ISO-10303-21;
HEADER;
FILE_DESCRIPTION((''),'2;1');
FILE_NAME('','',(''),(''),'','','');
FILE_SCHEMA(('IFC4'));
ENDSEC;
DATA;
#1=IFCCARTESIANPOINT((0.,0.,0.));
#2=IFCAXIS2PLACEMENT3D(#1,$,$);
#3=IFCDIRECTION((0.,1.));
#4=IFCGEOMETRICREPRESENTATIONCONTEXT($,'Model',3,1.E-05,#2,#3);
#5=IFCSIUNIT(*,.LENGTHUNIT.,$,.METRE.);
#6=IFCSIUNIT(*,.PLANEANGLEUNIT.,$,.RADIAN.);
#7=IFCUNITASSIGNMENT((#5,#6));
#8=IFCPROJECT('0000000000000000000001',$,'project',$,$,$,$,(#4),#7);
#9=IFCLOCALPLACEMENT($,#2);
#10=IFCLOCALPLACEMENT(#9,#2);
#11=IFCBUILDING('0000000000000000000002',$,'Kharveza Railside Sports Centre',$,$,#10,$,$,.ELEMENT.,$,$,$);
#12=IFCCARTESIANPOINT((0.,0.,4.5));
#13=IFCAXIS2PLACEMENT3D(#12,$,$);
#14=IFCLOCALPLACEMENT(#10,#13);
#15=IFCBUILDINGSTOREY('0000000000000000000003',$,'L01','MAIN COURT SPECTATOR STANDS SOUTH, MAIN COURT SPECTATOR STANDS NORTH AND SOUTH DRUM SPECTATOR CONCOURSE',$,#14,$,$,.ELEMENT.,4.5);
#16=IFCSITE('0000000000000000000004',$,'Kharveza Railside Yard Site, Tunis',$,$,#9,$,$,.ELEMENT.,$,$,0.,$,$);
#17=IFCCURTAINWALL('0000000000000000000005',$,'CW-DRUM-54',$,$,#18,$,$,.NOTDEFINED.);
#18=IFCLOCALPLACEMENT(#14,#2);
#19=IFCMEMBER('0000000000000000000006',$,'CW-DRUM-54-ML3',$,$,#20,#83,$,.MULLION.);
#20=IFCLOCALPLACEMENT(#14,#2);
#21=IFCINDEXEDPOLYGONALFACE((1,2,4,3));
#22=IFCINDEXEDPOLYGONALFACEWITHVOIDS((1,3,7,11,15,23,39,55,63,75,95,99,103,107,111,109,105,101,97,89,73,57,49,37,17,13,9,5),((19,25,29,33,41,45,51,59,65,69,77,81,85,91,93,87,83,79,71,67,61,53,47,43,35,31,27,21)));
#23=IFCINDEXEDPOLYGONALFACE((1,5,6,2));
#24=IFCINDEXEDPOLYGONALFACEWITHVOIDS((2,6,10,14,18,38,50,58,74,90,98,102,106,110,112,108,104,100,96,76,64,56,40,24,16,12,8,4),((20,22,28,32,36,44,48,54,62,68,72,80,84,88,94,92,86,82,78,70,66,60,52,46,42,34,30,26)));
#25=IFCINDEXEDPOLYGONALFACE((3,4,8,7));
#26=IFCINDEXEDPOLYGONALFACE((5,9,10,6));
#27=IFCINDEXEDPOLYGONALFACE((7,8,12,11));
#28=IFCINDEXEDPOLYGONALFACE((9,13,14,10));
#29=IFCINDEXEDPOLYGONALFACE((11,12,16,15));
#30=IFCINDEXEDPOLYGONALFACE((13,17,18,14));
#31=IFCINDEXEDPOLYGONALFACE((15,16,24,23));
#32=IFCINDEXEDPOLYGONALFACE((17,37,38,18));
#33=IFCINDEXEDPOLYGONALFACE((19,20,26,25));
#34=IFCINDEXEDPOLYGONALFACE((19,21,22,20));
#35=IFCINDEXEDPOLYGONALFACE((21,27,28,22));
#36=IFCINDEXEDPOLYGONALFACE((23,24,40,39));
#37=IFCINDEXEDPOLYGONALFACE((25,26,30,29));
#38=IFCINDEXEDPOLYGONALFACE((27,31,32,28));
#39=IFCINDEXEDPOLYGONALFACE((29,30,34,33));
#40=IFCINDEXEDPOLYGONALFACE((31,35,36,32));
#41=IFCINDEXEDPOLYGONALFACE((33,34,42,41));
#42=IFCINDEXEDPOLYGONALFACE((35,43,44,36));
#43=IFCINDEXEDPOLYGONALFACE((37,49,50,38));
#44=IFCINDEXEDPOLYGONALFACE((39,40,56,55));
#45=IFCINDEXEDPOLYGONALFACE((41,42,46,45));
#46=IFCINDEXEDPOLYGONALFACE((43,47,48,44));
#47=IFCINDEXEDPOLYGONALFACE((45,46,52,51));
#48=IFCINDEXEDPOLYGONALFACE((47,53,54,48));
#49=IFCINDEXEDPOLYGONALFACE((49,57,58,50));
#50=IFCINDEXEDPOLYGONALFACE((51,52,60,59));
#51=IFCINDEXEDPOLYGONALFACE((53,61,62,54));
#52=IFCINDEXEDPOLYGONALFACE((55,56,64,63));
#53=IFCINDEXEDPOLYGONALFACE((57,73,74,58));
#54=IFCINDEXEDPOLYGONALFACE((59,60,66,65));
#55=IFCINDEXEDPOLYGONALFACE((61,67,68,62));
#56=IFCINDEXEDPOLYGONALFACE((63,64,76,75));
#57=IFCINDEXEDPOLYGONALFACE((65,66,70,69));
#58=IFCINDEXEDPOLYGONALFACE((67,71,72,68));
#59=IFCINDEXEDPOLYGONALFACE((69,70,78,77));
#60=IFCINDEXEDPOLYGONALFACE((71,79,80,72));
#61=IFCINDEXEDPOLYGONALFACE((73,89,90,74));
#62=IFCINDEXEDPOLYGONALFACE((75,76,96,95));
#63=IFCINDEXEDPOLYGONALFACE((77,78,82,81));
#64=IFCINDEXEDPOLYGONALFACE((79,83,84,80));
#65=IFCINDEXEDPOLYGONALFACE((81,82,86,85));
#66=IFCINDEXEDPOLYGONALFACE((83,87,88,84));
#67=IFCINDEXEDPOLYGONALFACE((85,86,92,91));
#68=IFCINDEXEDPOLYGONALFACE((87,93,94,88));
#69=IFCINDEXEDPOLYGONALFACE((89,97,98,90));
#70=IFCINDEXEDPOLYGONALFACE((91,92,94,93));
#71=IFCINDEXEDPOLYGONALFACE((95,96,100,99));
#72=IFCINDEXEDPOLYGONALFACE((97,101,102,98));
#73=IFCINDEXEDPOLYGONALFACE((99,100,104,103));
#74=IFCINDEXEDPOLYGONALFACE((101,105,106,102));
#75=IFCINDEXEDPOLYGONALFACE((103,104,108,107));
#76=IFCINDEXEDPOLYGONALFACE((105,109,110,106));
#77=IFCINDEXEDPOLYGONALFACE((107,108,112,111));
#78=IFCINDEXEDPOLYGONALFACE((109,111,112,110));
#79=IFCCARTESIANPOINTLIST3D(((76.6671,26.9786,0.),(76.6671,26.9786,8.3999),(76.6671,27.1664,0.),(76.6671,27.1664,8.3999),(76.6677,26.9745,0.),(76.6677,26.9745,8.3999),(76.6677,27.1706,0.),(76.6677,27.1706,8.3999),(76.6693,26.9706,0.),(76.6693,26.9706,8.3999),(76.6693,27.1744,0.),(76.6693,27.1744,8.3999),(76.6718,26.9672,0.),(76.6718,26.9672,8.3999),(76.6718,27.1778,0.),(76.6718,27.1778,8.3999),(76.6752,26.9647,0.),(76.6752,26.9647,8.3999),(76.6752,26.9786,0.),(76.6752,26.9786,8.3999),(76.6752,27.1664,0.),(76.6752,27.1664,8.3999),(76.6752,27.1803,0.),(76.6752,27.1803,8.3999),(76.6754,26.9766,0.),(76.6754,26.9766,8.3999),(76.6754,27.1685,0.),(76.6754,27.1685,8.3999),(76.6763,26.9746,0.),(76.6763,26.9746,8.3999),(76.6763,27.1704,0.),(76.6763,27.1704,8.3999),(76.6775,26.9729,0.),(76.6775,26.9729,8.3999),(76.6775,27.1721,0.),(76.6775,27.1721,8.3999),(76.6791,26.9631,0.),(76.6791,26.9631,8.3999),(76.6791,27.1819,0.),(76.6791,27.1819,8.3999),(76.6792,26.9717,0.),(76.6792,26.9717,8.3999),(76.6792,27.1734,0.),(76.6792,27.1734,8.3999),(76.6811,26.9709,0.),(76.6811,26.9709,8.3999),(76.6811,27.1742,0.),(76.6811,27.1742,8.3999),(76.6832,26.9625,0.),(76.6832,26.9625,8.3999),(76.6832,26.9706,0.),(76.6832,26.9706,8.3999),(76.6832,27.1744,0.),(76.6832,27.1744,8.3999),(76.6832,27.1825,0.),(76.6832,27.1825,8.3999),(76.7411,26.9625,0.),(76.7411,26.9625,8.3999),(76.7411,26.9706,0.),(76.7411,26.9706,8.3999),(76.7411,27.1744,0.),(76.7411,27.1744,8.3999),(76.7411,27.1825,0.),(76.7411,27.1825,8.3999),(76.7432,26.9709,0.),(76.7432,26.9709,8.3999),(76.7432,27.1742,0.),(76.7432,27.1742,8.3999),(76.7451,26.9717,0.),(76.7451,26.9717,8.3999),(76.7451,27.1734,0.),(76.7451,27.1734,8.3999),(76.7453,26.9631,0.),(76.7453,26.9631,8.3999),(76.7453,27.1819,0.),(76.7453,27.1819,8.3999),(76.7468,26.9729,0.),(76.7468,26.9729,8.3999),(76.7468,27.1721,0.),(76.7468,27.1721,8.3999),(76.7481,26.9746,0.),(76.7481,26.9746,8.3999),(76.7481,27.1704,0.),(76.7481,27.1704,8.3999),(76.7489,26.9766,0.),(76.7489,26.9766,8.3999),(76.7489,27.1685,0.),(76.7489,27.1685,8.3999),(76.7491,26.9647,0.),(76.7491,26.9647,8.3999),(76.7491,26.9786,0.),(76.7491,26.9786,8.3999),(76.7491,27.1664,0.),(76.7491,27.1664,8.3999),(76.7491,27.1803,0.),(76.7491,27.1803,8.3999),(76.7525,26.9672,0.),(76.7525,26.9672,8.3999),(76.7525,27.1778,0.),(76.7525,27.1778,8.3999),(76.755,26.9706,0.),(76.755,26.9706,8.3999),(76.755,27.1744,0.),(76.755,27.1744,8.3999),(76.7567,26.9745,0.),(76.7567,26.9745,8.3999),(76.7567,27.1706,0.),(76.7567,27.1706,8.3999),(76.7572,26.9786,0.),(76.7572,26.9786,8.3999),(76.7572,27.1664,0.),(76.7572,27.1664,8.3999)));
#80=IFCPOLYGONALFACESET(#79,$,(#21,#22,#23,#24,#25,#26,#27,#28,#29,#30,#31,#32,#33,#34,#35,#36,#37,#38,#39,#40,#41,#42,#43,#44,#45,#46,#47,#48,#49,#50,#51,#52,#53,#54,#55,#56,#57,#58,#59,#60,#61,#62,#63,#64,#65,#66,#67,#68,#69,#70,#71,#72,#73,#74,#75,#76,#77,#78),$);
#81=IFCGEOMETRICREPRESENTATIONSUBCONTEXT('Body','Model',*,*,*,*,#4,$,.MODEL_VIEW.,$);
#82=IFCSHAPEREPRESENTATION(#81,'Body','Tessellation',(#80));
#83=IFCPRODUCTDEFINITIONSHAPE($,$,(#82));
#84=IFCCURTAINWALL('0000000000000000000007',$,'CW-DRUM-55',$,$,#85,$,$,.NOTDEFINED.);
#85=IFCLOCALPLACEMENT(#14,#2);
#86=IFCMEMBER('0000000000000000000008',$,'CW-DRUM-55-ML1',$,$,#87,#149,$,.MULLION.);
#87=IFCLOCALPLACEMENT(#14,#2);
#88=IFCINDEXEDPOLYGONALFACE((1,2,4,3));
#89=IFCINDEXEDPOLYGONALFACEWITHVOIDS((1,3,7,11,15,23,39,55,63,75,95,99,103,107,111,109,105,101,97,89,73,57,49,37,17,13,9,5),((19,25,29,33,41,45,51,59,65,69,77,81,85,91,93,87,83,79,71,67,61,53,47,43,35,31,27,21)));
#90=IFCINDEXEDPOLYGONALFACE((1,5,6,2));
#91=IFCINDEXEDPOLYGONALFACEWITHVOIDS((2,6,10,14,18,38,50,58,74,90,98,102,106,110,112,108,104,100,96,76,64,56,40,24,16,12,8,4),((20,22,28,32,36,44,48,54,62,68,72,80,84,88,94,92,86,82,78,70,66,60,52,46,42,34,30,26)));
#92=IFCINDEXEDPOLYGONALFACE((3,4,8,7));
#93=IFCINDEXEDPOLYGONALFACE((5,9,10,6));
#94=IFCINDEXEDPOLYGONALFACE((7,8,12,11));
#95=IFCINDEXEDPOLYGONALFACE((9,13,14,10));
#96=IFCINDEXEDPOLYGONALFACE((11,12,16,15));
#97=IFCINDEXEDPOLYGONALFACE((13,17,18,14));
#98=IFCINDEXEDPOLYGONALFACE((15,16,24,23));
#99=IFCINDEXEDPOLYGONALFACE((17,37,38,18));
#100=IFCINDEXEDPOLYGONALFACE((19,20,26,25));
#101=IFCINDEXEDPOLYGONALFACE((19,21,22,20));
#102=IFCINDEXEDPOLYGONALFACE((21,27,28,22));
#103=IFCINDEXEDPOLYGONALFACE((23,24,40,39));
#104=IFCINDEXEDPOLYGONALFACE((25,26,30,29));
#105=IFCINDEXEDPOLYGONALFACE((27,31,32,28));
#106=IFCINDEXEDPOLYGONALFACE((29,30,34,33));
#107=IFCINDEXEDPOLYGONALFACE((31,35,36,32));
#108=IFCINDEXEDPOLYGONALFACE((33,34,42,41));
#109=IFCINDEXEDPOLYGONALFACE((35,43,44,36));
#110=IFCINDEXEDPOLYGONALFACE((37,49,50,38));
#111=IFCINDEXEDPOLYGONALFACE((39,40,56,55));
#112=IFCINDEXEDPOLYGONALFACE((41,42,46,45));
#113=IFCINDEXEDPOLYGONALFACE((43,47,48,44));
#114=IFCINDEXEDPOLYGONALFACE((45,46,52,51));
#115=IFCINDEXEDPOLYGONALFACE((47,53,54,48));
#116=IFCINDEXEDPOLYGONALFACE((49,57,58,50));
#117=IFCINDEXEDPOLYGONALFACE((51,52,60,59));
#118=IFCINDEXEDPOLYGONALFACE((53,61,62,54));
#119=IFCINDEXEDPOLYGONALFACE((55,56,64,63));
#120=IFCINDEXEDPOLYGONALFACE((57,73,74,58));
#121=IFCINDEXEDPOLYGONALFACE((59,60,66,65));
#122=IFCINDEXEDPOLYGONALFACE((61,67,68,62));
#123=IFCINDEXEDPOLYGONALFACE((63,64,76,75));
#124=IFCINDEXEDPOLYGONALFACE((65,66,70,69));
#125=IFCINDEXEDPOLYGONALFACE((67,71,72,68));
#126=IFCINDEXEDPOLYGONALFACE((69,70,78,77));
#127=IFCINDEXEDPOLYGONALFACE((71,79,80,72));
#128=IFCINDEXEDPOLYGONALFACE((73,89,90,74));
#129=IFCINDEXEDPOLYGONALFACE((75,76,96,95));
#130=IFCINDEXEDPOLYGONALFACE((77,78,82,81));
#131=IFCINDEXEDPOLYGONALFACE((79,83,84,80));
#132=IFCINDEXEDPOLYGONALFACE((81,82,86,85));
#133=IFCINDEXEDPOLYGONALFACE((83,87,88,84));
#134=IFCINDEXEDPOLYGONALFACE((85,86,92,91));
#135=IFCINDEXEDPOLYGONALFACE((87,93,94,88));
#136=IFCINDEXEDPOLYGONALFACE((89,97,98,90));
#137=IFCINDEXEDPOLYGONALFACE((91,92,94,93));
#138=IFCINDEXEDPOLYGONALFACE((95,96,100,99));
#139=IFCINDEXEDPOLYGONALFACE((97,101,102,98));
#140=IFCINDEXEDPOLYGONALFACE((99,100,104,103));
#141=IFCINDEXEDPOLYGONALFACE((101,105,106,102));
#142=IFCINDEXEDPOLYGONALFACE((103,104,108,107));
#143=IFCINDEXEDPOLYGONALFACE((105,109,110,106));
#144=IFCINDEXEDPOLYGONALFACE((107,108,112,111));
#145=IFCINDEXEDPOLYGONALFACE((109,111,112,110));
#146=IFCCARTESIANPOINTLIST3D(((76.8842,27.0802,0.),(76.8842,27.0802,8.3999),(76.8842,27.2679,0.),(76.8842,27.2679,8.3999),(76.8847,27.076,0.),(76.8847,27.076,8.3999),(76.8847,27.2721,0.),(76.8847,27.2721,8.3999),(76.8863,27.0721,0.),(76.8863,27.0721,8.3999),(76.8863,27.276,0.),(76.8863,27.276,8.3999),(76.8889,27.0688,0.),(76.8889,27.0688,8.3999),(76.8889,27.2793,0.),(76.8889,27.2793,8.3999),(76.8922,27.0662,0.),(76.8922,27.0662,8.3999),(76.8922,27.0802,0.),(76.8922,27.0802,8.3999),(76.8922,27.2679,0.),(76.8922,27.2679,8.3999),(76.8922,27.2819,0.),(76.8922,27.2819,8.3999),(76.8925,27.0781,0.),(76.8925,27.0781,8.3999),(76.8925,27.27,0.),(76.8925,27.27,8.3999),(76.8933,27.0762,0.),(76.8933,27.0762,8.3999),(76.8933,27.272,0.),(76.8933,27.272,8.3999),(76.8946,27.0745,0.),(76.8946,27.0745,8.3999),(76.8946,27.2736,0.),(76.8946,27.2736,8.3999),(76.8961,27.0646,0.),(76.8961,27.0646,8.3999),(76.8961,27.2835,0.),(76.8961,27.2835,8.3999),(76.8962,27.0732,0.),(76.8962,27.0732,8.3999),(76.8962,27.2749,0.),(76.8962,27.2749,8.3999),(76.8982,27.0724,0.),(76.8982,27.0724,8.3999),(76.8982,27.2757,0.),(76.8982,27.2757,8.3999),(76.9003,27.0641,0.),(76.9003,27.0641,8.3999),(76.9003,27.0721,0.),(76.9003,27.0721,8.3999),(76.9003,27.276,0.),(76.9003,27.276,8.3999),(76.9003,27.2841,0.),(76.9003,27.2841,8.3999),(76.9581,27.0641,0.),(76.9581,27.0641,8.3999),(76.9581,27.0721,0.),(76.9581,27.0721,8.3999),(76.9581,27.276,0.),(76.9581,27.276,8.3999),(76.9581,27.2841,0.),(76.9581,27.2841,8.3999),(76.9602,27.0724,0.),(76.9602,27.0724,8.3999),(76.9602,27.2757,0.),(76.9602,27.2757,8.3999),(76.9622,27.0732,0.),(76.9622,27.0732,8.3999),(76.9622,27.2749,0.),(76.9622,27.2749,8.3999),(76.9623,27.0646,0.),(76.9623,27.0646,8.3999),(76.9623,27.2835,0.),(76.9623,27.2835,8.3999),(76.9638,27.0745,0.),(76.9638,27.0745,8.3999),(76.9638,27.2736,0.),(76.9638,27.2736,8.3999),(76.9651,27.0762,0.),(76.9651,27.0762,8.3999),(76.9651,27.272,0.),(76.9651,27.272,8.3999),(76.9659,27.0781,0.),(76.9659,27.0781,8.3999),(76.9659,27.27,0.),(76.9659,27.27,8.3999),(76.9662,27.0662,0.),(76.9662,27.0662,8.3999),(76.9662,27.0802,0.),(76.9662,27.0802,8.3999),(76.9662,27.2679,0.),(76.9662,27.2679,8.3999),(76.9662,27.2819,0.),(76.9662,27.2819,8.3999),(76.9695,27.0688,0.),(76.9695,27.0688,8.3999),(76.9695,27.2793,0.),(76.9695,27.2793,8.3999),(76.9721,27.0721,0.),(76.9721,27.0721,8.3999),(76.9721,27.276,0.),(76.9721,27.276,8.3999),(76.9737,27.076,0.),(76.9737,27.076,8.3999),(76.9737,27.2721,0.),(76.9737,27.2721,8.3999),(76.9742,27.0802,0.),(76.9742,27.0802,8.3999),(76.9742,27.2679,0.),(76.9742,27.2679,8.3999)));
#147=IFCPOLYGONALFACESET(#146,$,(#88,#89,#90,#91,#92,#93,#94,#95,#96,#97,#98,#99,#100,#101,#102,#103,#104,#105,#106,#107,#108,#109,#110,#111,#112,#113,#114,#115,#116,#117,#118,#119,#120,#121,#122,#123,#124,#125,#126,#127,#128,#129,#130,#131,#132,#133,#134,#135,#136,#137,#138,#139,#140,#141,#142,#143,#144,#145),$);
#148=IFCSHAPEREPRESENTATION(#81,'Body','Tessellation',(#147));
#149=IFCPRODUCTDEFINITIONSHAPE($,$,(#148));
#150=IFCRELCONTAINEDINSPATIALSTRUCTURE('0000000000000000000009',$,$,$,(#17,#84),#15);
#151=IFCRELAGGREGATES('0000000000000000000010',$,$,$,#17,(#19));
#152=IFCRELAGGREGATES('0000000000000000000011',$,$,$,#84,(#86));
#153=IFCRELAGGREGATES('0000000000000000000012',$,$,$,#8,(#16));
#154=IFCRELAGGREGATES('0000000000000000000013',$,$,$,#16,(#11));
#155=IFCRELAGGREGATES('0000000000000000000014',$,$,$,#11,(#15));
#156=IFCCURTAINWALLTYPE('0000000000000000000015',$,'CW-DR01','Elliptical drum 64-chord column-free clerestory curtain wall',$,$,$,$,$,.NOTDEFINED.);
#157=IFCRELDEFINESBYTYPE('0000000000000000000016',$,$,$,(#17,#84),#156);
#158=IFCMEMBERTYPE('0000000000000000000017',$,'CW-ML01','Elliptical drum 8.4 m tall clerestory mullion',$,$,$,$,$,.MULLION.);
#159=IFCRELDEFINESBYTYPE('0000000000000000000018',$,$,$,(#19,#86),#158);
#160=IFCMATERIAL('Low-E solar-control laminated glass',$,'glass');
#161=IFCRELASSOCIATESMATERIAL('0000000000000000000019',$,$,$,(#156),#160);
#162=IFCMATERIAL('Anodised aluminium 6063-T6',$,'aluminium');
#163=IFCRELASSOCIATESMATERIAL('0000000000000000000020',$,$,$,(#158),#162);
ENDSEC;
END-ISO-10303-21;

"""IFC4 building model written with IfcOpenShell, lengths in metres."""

from ifc_helpers import new_model, si_unit, direction, frame, origin, origin_2d, place, context, subcontext, project, spatial, hollow_rectangle, extrude, material, material_profile, profile_set, type_object, element, aggregate, save


model = new_model("IFC4")

# Units and contexts
model_context = context("Model", 3, precision=1e-05, world=origin(), true_north=direction((0.0, 1.0)))
body_context = subcontext(model_context, "Body", "Model", "MODEL_VIEW")
ifc_project = project(units=[si_unit("LENGTHUNIT", "METRE"), si_unit("PLANEANGLEUNIT", "RADIAN")], contexts=[model_context])

# Site, building, storey
site_placement = place(None, origin())
site = spatial("IfcSite", under=ifc_project, at=site_placement, Name="Kharveza Railside Yard Site, Tunis", CompositionType="ELEMENT", RefElevation=0.0)
building_placement = place(site_placement, origin())
building = spatial("IfcBuilding", under=site, at=building_placement, Name="Kharveza Railside Sports Centre", CompositionType="ELEMENT")
storey_placement = place(building_placement, frame((0.0, 0.0, 4.5)))
storey = spatial("IfcBuildingStorey", under=building, at=storey_placement, Name="L01", Description="MAIN COURT SPECTATOR STANDS SOUTH, MAIN COURT SPECTATOR STANDS NORTH AND SOUTH DRUM SPECTATOR CONCOURSE", CompositionType="ELEMENT", Elevation=4.5)

# Curtain wall, member
ifc_material_1 = material(Name="Low-E solar-control laminated glass", Category="glass")
curtain_wall_type = type_object("IfcCurtainWallType", Name="CW-DR01", Description="Elliptical drum 64-chord column-free clerestory curtain wall", PredefinedType="NOTDEFINED", material=ifc_material_1)
curtain_wall_1_placement = place(storey_placement, origin())
curtain_wall_1 = element("IfcCurtainWall", 1, at=curtain_wall_1_placement, inside=storey, type_object=curtain_wall_type, Name="CW-DRUM-54", PredefinedType="NOTDEFINED")
ifc_material_2 = material(Name="Anodised aluminium 6063-T6", Category="aluminium")
ifc_material_profile_1 = material_profile(ifc_material_2, hollow_rectangle(XDim=0.0901, YDim=0.22, WallThickness=0.0081, InnerFilletRadius=0.0081, OuterFilletRadius=0.0161, at=origin_2d()), Name="RHS 90x220x8.0")
ifc_profile_set_1 = profile_set([ifc_material_profile_1], Name="Anodised aluminium 6063-T6")
member_type_1 = type_object("IfcMemberType", Name="CW-ML01", Description="Elliptical drum 8.4 m tall clerestory mullion", PredefinedType="MULLION", material=ifc_profile_set_1)
member_1_placement = place(storey_placement, frame((76.7122, 27.0725, 0.0), z_axis=(0.0, 0.0, 1.0), x_axis=(1.0, 0.0, 0.0)))
member_1 = element("IfcMember", 2, at=member_1_placement, type_object=member_type_1, Name="CW-DRUM-54-ML3", PredefinedType="MULLION", context=body_context, shape_type="SweptSolid", body=[
    extrude(hollow_rectangle(XDim=0.0901, YDim=0.22, WallThickness=0.0081, InnerFilletRadius=0.0081, OuterFilletRadius=0.0161, at=origin_2d()), origin(), (0.0, 0.0, 1.0), 8.3999),
])

# Curtain wall, member
curtain_wall_2_placement = place(storey_placement, origin())
curtain_wall_2 = element("IfcCurtainWall", 3, at=curtain_wall_2_placement, inside=storey, type_object=curtain_wall_type, Name="CW-DRUM-55", PredefinedType="NOTDEFINED")
member_2_placement = place(storey_placement, frame((76.9292, 27.1741, 0.0), z_axis=(0.0, 0.0, 1.0), x_axis=(1.0, 0.0, 0.0)))
member_2 = element("IfcMember", 4, at=member_2_placement, type_object=member_type_1, Name="CW-DRUM-55-ML1", PredefinedType="MULLION", context=body_context, shape_type="SweptSolid", body=[
    extrude(hollow_rectangle(XDim=0.0901, YDim=0.22, WallThickness=0.0081, InnerFilletRadius=0.0081, OuterFilletRadius=0.0161, at=origin_2d()), origin(), (0.0, 0.0, 1.0), 8.3999),
])

aggregate(curtain_wall_1, [member_1])
aggregate(curtain_wall_2, [member_2])

save(model, "model.ifc")
